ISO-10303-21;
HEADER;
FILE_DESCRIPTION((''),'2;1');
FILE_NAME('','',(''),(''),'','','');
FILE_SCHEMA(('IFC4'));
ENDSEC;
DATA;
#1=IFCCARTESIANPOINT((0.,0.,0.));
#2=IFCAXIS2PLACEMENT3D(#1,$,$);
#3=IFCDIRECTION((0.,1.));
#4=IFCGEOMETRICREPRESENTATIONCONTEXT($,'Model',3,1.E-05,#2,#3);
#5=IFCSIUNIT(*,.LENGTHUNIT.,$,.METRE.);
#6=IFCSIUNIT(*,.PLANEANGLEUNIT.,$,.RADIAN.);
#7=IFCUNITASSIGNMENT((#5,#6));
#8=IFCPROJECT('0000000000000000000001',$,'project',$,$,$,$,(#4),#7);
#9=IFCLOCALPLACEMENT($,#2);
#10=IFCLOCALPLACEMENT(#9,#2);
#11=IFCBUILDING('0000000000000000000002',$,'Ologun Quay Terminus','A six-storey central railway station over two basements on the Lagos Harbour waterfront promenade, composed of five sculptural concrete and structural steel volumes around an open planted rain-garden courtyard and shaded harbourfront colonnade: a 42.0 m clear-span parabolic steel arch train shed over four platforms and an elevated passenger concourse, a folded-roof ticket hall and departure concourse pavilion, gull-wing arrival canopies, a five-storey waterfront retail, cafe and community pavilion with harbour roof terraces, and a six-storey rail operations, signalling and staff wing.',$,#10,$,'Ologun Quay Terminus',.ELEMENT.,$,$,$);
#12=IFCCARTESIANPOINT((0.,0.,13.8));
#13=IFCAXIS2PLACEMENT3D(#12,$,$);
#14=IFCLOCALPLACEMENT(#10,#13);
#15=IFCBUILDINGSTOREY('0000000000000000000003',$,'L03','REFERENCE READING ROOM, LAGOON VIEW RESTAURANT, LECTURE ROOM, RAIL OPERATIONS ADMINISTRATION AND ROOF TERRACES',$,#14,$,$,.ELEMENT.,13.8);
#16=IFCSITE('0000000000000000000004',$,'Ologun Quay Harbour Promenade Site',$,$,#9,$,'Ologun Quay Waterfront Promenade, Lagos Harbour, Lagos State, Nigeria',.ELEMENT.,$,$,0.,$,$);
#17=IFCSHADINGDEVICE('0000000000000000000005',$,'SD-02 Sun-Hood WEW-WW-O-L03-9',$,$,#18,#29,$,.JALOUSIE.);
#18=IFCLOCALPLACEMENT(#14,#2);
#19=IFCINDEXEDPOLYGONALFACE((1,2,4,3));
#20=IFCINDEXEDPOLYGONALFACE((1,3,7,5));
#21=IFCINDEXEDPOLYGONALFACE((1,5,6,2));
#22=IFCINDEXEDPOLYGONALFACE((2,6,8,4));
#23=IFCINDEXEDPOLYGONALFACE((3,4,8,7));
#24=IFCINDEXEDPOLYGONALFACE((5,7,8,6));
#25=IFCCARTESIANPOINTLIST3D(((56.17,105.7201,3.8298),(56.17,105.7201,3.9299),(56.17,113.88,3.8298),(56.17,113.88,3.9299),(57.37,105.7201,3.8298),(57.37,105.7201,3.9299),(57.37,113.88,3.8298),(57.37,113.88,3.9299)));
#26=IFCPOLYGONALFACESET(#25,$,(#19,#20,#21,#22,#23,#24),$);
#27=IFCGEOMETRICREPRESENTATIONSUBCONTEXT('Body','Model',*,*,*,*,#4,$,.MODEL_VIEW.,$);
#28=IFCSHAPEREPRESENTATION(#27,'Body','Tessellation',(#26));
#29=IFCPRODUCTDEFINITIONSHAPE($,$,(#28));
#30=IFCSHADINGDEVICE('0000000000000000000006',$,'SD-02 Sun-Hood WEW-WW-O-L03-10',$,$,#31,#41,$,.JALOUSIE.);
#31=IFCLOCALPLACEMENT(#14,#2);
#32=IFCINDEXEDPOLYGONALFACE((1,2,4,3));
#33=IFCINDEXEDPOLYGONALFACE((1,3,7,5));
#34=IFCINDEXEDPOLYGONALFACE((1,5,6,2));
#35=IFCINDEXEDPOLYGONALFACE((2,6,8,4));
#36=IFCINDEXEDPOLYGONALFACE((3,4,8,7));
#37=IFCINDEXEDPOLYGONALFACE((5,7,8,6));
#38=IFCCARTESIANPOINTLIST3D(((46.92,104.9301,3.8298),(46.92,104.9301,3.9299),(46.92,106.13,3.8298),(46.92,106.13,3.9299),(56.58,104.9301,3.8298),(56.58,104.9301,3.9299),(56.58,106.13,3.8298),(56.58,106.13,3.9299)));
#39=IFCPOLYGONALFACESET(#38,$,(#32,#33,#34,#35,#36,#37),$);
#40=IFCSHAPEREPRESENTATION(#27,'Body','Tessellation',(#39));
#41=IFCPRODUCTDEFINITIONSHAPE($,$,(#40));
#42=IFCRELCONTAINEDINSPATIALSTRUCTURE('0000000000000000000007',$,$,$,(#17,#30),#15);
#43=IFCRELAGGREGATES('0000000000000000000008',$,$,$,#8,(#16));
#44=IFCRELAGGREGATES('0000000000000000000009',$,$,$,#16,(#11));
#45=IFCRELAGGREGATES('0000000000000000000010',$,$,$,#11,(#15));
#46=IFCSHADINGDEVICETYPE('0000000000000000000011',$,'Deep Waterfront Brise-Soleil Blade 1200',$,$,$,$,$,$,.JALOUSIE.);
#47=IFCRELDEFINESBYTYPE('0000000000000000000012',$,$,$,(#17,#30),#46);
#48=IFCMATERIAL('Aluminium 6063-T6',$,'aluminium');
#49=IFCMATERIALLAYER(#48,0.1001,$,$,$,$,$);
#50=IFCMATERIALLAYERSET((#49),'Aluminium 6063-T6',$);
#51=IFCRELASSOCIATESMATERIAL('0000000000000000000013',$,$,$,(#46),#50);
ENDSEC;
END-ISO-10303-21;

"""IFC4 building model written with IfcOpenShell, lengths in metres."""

from ifc_helpers import new_model, si_unit, direction, frame, origin, origin_2d, place, context, subcontext, project, spatial, rectangle, extrude, material, layer, layer_set, type_object, element, save


model = new_model("IFC4")

# Units and contexts
model_context = context("Model", 3, precision=1e-05, world=origin(), true_north=direction((0.0, 1.0)))
body_context = subcontext(model_context, "Body", "Model", "MODEL_VIEW")
ifc_project = project(units=[si_unit("LENGTHUNIT", "METRE"), si_unit("PLANEANGLEUNIT", "RADIAN")], contexts=[model_context])

# Site, building, storey
site_placement = place(None, origin())
site = spatial("IfcSite", under=ifc_project, at=site_placement, Name="Ologun Quay Harbour Promenade Site", LongName="Ologun Quay Waterfront Promenade, Lagos Harbour, Lagos State, Nigeria", CompositionType="ELEMENT", RefElevation=0.0)
building_placement = place(site_placement, origin())
building = spatial("IfcBuilding", under=site, at=building_placement, Name="Ologun Quay Terminus", Description="A six-storey central railway station over two basements on the Lagos Harbour waterfront promenade, composed of five sculptural concrete and structural steel volumes around an open planted rain-garden courtyard and shaded harbourfront colonnade: a 42.0 m clear-span parabolic steel arch train shed over four platforms and an elevated passenger concourse, a folded-roof ticket hall and departure concourse pavilion, gull-wing arrival canopies, a five-storey waterfront retail, cafe and community pavilion with harbour roof terraces, and a six-storey rail operations, signalling and staff wing.", LongName="Ologun Quay Terminus", CompositionType="ELEMENT")
storey_placement = place(building_placement, frame((0.0, 0.0, 13.8)))
storey = spatial("IfcBuildingStorey", under=building, at=storey_placement, Name="L03", Description="REFERENCE READING ROOM, LAGOON VIEW RESTAURANT, LECTURE ROOM, RAIL OPERATIONS ADMINISTRATION AND ROOF TERRACES", CompositionType="ELEMENT", Elevation=13.8)

# Shading devices
ifc_material_1 = material(Name="Aluminium 6063-T6", Category="aluminium")
ifc_layer_1 = layer(ifc_material_1, 0.1001)
ifc_layer_set_1 = layer_set([ifc_layer_1], Name="Aluminium 6063-T6")
shading_device_type = type_object("IfcShadingDeviceType", Name="Deep Waterfront Brise-Soleil Blade 1200", PredefinedType="JALOUSIE", material=ifc_layer_set_1)
shading_device_1_placement = place(storey_placement, frame((56.77, 109.8, 3.8298), z_axis=(0.0, 0.0, 1.0), x_axis=(1.0, 0.0, 0.0)))
element("IfcShadingDevice", 1, at=shading_device_1_placement, inside=storey, type_object=shading_device_type, Name="SD-02 Sun-Hood WEW-WW-O-L03-9", PredefinedType="JALOUSIE", context=body_context, shape_type="SweptSolid", body=[
    extrude(rectangle(XDim=1.2, YDim=8.1599, at=origin_2d()), origin(), (0.0, 0.0, 1.0), 0.1001),
])
shading_device_2_placement = place(storey_placement, frame((51.75, 105.53, 3.8298), z_axis=(0.0, 0.0, 1.0), x_axis=(1.0, 0.0, 0.0)))
element("IfcShadingDevice", 2, at=shading_device_2_placement, inside=storey, type_object=shading_device_type, Name="SD-02 Sun-Hood WEW-WW-O-L03-10", PredefinedType="JALOUSIE", context=body_context, shape_type="SweptSolid", body=[
    extrude(rectangle(XDim=9.6599, YDim=1.2, at=origin_2d()), origin(), (0.0, 0.0, 1.0), 0.1001),
])

save(model, "model.ifc")
